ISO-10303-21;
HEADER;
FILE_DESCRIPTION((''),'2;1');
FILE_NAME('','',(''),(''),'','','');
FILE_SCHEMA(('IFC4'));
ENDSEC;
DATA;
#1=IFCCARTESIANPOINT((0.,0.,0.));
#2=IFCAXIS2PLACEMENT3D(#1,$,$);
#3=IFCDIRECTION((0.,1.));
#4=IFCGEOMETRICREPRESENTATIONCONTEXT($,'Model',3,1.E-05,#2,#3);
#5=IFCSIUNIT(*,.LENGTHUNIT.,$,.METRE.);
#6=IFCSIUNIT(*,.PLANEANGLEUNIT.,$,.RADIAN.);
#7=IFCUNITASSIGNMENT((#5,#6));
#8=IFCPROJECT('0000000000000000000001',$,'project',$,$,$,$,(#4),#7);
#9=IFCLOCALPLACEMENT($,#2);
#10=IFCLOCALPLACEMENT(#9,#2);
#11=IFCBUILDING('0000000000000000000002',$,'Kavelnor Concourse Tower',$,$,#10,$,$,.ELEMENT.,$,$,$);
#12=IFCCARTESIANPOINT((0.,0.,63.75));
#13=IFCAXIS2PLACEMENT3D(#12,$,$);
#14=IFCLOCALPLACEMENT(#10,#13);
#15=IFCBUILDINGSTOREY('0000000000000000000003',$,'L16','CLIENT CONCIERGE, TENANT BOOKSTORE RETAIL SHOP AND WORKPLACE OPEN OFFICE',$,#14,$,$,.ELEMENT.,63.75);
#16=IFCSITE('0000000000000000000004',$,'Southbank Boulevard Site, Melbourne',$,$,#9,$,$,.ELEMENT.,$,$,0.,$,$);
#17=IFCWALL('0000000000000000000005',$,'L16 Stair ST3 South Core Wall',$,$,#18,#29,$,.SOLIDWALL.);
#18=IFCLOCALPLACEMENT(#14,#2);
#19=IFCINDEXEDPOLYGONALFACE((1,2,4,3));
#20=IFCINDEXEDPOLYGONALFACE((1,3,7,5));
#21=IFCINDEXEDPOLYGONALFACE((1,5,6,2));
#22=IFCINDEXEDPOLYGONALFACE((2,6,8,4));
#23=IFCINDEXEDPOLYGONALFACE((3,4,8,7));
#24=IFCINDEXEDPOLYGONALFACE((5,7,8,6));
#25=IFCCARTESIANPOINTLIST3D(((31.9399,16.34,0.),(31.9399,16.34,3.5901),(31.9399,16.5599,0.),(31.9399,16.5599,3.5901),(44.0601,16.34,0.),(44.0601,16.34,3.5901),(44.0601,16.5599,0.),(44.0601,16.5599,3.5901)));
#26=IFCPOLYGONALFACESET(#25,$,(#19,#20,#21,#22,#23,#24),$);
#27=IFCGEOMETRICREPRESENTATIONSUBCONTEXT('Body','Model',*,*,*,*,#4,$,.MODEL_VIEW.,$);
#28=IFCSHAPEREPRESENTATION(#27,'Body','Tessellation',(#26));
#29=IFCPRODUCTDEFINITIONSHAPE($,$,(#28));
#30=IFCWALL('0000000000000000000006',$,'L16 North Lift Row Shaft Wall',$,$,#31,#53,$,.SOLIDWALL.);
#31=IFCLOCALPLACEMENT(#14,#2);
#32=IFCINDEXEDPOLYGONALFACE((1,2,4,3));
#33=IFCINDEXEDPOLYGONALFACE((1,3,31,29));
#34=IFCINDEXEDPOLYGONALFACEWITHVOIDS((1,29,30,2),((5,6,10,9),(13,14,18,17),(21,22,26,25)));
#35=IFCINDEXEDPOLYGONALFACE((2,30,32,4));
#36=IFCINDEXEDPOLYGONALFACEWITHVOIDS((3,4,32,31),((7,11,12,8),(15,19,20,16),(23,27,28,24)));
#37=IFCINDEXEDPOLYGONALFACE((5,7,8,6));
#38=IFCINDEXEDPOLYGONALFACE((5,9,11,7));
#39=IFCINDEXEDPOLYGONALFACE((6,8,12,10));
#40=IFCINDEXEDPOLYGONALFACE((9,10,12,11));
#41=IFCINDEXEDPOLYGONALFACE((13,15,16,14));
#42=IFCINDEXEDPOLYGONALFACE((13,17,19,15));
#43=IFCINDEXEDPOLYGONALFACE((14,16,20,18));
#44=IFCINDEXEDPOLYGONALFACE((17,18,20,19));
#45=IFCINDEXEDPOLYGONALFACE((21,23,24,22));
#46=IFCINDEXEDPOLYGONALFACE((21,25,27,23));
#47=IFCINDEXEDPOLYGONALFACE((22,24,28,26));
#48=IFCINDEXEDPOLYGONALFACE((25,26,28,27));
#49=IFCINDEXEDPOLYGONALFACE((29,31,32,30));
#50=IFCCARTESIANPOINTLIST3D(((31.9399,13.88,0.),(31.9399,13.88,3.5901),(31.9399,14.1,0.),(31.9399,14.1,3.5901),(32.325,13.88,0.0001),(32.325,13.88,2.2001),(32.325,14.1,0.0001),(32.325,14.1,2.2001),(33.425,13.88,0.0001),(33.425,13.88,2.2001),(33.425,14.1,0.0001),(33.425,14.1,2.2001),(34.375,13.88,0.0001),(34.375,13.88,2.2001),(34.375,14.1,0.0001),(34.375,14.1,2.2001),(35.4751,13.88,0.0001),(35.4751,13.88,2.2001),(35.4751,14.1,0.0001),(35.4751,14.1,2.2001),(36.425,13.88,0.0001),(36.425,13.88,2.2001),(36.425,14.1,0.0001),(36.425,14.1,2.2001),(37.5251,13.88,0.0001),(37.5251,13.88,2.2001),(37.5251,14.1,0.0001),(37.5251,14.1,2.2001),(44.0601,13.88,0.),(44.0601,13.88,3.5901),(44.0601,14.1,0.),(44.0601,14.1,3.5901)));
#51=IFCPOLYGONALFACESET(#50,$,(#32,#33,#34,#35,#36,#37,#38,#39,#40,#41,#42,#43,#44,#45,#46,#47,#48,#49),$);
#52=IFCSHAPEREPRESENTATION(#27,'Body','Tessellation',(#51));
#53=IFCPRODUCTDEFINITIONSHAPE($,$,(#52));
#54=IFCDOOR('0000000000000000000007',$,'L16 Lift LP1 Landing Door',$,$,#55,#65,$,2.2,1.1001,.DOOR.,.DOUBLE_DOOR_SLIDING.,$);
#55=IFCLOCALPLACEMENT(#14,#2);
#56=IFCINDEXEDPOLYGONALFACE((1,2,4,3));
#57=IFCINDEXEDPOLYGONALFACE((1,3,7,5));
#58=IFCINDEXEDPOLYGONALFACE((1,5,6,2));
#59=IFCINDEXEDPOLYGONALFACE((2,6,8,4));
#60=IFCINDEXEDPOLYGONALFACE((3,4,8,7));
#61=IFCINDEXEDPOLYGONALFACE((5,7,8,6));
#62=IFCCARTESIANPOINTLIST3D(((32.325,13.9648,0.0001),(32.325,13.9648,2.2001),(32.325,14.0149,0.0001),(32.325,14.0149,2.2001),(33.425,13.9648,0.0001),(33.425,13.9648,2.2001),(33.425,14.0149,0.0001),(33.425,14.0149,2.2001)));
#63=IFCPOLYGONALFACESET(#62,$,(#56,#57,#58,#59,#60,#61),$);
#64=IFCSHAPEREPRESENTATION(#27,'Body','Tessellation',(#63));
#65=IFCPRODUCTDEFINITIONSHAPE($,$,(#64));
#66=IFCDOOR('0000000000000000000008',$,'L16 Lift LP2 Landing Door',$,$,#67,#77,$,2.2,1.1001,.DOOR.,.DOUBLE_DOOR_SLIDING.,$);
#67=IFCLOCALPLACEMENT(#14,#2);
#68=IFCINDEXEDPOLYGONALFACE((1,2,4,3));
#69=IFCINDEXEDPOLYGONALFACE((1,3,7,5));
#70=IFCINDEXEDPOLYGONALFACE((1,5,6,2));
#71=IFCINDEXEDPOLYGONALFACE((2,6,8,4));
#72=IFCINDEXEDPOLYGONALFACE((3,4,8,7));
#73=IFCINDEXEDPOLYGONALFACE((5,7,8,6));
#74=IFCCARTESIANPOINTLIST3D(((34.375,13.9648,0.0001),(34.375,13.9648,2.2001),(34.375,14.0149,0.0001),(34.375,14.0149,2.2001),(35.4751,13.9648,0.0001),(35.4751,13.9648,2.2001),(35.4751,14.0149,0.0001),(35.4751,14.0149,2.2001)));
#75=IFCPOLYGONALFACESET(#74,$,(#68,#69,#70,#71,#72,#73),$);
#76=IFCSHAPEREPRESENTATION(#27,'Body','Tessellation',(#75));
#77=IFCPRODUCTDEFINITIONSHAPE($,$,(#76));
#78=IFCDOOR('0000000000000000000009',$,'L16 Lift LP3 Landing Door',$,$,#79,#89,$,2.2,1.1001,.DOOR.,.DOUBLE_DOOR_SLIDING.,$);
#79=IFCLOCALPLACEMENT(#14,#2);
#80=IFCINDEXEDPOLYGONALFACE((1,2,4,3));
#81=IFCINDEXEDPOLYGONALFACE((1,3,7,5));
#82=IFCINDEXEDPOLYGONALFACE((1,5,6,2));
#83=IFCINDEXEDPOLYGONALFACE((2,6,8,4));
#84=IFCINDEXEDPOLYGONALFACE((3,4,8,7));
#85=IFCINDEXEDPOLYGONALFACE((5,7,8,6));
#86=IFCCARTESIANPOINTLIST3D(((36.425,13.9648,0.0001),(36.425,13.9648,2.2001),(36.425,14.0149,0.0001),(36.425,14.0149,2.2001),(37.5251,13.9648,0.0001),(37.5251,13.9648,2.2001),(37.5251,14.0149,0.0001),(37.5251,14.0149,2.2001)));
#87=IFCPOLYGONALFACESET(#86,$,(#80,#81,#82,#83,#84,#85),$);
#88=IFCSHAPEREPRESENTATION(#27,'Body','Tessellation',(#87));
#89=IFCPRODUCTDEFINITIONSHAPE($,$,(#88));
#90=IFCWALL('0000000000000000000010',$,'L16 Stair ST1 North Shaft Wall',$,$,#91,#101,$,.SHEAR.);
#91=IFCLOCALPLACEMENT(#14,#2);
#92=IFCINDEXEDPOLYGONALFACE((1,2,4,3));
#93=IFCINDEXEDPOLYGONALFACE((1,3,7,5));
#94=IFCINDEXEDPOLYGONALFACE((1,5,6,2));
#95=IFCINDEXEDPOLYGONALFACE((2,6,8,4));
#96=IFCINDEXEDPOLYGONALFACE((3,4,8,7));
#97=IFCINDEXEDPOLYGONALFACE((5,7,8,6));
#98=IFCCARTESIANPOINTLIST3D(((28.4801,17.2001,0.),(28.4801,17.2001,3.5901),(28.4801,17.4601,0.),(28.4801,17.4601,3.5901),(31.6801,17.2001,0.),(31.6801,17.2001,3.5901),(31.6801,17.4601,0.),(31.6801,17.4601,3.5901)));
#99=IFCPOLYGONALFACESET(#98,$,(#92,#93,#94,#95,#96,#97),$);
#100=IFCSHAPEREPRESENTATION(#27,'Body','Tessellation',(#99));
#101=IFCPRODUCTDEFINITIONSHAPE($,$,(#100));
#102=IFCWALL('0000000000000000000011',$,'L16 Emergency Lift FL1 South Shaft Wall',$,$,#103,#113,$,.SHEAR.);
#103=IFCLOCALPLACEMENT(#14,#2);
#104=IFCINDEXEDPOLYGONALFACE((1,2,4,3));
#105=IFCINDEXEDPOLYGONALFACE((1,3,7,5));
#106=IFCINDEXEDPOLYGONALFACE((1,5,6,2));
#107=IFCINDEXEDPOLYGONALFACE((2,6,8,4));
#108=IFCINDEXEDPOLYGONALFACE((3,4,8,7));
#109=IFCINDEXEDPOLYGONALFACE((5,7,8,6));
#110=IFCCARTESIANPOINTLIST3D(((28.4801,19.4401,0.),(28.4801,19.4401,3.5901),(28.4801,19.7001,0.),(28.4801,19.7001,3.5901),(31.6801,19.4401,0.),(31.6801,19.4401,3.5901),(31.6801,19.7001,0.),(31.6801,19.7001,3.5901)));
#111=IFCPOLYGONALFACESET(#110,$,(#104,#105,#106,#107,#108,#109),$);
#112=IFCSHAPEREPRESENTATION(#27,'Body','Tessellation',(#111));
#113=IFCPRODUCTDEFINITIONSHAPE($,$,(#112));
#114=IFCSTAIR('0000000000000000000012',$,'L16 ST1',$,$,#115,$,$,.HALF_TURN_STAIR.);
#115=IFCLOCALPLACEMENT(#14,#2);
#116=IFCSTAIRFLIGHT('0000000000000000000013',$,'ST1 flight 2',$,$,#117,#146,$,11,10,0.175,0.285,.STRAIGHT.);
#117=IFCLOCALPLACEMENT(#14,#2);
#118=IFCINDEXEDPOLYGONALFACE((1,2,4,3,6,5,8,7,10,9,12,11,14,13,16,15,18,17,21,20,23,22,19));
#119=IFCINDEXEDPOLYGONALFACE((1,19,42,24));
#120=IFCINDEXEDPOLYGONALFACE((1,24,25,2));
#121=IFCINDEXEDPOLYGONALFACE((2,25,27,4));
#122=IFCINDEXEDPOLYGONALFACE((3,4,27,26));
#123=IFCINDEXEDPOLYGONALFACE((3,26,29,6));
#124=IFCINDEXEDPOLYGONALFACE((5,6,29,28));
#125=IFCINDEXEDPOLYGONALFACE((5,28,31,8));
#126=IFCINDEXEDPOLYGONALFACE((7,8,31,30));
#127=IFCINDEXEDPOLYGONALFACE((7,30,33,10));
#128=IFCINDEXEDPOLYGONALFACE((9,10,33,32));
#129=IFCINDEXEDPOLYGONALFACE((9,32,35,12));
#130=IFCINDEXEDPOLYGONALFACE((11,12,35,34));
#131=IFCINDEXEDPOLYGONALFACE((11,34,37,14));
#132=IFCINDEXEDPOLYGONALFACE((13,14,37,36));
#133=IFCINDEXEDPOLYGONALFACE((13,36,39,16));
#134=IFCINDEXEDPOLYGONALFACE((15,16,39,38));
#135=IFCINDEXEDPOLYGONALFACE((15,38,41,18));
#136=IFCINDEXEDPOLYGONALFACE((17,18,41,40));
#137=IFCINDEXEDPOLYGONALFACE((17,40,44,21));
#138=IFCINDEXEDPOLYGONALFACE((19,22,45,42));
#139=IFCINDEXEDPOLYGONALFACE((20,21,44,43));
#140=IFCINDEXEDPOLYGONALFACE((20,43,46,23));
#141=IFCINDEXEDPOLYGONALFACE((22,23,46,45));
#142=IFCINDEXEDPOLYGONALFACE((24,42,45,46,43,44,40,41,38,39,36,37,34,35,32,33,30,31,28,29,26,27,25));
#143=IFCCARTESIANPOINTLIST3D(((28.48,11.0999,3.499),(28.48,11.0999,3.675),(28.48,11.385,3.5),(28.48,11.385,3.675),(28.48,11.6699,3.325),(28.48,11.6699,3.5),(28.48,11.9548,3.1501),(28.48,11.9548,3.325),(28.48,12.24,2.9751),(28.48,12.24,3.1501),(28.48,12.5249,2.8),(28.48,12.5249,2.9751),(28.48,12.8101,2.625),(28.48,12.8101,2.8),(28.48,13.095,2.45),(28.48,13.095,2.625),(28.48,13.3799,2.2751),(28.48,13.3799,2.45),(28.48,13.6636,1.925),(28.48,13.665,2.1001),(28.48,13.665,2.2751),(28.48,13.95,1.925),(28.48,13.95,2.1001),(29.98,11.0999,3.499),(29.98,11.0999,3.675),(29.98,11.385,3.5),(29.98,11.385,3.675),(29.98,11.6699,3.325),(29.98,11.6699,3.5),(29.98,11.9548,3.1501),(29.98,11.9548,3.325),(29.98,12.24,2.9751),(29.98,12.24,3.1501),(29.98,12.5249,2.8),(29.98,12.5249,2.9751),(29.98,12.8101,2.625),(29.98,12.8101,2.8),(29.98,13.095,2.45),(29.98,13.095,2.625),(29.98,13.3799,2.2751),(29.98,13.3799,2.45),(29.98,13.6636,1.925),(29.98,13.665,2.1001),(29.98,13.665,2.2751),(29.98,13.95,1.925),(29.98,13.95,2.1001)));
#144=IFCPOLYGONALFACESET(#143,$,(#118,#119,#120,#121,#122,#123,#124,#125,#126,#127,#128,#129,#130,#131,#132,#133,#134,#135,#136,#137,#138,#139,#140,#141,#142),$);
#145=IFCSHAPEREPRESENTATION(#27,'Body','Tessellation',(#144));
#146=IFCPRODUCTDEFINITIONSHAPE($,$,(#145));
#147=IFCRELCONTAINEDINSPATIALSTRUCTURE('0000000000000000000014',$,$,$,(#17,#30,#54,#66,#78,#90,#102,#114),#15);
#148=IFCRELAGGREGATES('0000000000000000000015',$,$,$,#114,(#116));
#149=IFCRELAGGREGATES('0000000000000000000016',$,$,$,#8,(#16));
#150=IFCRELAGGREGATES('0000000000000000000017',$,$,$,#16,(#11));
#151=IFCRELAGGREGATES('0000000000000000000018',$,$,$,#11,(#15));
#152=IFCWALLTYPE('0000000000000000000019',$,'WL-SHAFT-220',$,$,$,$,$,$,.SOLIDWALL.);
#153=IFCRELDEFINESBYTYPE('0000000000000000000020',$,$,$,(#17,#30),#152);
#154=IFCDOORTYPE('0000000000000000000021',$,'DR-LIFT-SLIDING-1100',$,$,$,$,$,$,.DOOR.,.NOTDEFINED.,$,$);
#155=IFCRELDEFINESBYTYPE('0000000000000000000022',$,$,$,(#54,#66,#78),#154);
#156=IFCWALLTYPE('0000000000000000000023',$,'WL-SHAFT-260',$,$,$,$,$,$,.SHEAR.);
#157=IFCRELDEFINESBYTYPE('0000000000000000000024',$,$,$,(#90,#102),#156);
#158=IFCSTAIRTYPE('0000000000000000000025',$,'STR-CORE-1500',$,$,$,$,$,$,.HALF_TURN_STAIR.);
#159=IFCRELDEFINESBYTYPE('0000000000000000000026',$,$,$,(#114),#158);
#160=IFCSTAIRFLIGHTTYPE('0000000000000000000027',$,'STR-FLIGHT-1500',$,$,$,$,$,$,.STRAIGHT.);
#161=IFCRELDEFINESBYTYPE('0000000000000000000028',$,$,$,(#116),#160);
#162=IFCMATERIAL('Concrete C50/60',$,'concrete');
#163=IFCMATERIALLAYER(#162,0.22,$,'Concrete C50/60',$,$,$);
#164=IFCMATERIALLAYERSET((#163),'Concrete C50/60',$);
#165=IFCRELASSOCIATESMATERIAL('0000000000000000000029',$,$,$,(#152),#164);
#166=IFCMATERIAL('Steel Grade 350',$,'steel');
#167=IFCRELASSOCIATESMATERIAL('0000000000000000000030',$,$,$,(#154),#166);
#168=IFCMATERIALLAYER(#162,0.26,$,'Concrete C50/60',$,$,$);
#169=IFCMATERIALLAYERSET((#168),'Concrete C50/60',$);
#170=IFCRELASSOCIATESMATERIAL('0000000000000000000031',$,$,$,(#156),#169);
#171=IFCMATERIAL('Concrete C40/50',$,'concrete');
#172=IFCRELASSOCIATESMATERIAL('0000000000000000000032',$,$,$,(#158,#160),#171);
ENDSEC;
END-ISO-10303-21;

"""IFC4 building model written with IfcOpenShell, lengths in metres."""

from ifc_helpers import new_model, si_unit, direction, frame, frame_2d, origin, place, context, subcontext, project, spatial, polyline, rectangle, outline, extrude, material, layer, layer_set, type_object, element, fill, aggregate, save


model = new_model("IFC4")

# Units and contexts
model_context = context("Model", 3, precision=1e-05, world=origin(), true_north=direction((0.0, 1.0)))
body_context = subcontext(model_context, "Body", "Model", "MODEL_VIEW")
ifc_project = project(units=[si_unit("LENGTHUNIT", "METRE"), si_unit("PLANEANGLEUNIT", "RADIAN")], contexts=[model_context])

# Site, building, storey
site_placement = place(None, origin())
site = spatial("IfcSite", under=ifc_project, at=site_placement, Name="Southbank Boulevard Site, Melbourne", CompositionType="ELEMENT", RefElevation=0.0)
building_placement = place(site_placement, origin())
building = spatial("IfcBuilding", under=site, at=building_placement, Name="Kavelnor Concourse Tower", CompositionType="ELEMENT")
storey_placement = place(building_placement, frame((0.0, 0.0, 63.75)))
storey = spatial("IfcBuildingStorey", under=building, at=storey_placement, Name="L16", Description="CLIENT CONCIERGE, TENANT BOOKSTORE RETAIL SHOP AND WORKPLACE OPEN OFFICE", CompositionType="ELEMENT", Elevation=63.75)

# Shared definitions
ifc_material_1 = material(Name="Steel Grade 350", Category="steel")

# Shared definitions
ifc_material_2 = material(Name="Concrete C50/60", Category="concrete")
ifc_layer_1 = layer(ifc_material_2, 0.22, Name="Concrete C50/60")
ifc_layer_set_1 = layer_set([ifc_layer_1], Name="Concrete C50/60")
wall_type_1 = type_object("IfcWallType", Name="WL-SHAFT-220", PredefinedType="SOLIDWALL", material=ifc_layer_set_1)

# Wall
wall_1_placement = place(storey_placement, frame((31.9399, 16.45, 0.0), z_axis=(0.0, 0.0, 1.0), x_axis=(1.0, 0.0, 0.0)))
element("IfcWall", 1, at=wall_1_placement, inside=storey, type_object=wall_type_1, Name="L16 Stair ST3 South Core Wall", PredefinedType="SOLIDWALL", context=body_context, shape_type="SweptSolid", body=[
    extrude(rectangle(XDim=12.1201, YDim=0.22, at=frame_2d((6.0601, 0.0))), origin(), (0.0, 0.0, 1.0), 3.5901),
])

# Wall, openings, doors
wall_2_placement = place(storey_placement, frame((31.9399, 13.99, 0.0), z_axis=(0.0, 0.0, 1.0), x_axis=(1.0, 0.0, 0.0)))
wall_2 = element("IfcWall", 2, at=wall_2_placement, inside=storey, type_object=wall_type_1, Name="L16 North Lift Row Shaft Wall", PredefinedType="SOLIDWALL", context=body_context, shape_type="SweptSolid", body=[
    extrude(rectangle(XDim=12.1201, YDim=0.22, at=frame_2d((6.0601, 0.0))), origin(), (0.0, 0.0, 1.0), 3.5901),
])
opening_1_placement = place(wall_2_placement, frame((0.385, 0.0, 0.0)))
opening_1 = element("IfcOpeningElement", 3, at=opening_1_placement, cuts=wall_2, PredefinedType="OPENING", context=body_context, shape_type="SweptSolid", body=[
    extrude(rectangle(XDim=1.1001, YDim=2.2, at=frame_2d((0.55, 1.1001))), frame((0.0, 0.1201, 0.0), z_axis=(0.0, -1.0, 0.0), x_axis=(1.0, 0.0, 0.0)), (0.0, 0.0, 1.0), 0.24),
])
opening_2_placement = place(wall_2_placement, frame((2.4351, 0.0, 0.0)))
opening_2 = element("IfcOpeningElement", 4, at=opening_2_placement, cuts=wall_2, PredefinedType="OPENING", context=body_context, shape_type="SweptSolid", body=[
    extrude(rectangle(XDim=1.1001, YDim=2.2, at=frame_2d((0.55, 1.1001))), frame((0.0, 0.1201, 0.0), z_axis=(0.0, -1.0, 0.0), x_axis=(1.0, 0.0, 0.0)), (0.0, 0.0, 1.0), 0.24),
])
opening_3_placement = place(wall_2_placement, frame((4.4851, 0.0, 0.0)))
opening_3 = element("IfcOpeningElement", 5, at=opening_3_placement, cuts=wall_2, PredefinedType="OPENING", context=body_context, shape_type="SweptSolid", body=[
    extrude(rectangle(XDim=1.1001, YDim=2.2, at=frame_2d((0.55, 1.1001))), frame((0.0, 0.1201, 0.0), z_axis=(0.0, -1.0, 0.0), x_axis=(1.0, 0.0, 0.0)), (0.0, 0.0, 1.0), 0.24),
])
door_type_1 = type_object("IfcDoorType", Name="DR-LIFT-SLIDING-1100", OperationType="NOTDEFINED", PredefinedType="DOOR", material=ifc_material_1)
door_1_placement = place(opening_1_placement, origin())
door_1 = element("IfcDoor", 6, at=door_1_placement, inside=storey, type_object=door_type_1, Name="L16 Lift LP1 Landing Door", OperationType="DOUBLE_DOOR_SLIDING", OverallHeight=2.2, OverallWidth=1.1001, PredefinedType="DOOR", context=body_context, shape_type="SweptSolid", body=[
    extrude(rectangle(XDim=1.1001, YDim=2.2, at=frame_2d((0.55, 1.1001))), frame((0.0, 0.0249, 0.0), z_axis=(0.0, -1.0, 0.0), x_axis=(1.0, 0.0, 0.0)), (0.0, 0.0, 1.0), 0.05),
])
fill(opening_1, door_1)
door_2_placement = place(opening_2_placement, origin())
door_2 = element("IfcDoor", 7, at=door_2_placement, inside=storey, type_object=door_type_1, Name="L16 Lift LP2 Landing Door", OperationType="DOUBLE_DOOR_SLIDING", OverallHeight=2.2, OverallWidth=1.1001, PredefinedType="DOOR", context=body_context, shape_type="SweptSolid", body=[
    extrude(rectangle(XDim=1.1001, YDim=2.2, at=frame_2d((0.55, 1.1001))), frame((0.0, 0.0249, 0.0), z_axis=(0.0, -1.0, 0.0), x_axis=(1.0, 0.0, 0.0)), (0.0, 0.0, 1.0), 0.05),
])
fill(opening_2, door_2)
door_3_placement = place(opening_3_placement, origin())
door_3 = element("IfcDoor", 8, at=door_3_placement, inside=storey, type_object=door_type_1, Name="L16 Lift LP3 Landing Door", OperationType="DOUBLE_DOOR_SLIDING", OverallHeight=2.2, OverallWidth=1.1001, PredefinedType="DOOR", context=body_context, shape_type="SweptSolid", body=[
    extrude(rectangle(XDim=1.1001, YDim=2.2, at=frame_2d((0.55, 1.1001))), frame((0.0, 0.0249, 0.0), z_axis=(0.0, -1.0, 0.0), x_axis=(1.0, 0.0, 0.0)), (0.0, 0.0, 1.0), 0.05),
])
fill(opening_3, door_3)

# Walls
ifc_layer_2 = layer(ifc_material_2, 0.26, Name="Concrete C50/60")
ifc_layer_set_2 = layer_set([ifc_layer_2], Name="Concrete C50/60")
wall_type_2 = type_object("IfcWallType", Name="WL-SHAFT-260", PredefinedType="SHEAR", material=ifc_layer_set_2)
for number, where, z_axis, x_axis, name in (
    (9, (28.48, 17.3301, 0.0), (0.0, 0.0, 1.0), (1.0, 0.0, 0.0), "L16 Stair ST1 North Shaft Wall"),
    (10, (28.48, 19.5701, 0.0), (0.0, 0.0, 1.0), (1.0, 0.0, 0.0), "L16 Emergency Lift FL1 South Shaft Wall"),
):
    element("IfcWall", number, at=place(storey_placement, frame(where, z_axis=z_axis, x_axis=x_axis)), inside=storey, type_object=wall_type_2, Name=name, PredefinedType="SHEAR", context=body_context, shape_type="SweptSolid", body=[
        extrude(rectangle(XDim=3.2, YDim=0.26, at=frame_2d((1.6001, 0.0))), origin(), (0.0, 0.0, 1.0), 3.5901),
    ])

# Stair, stair flight
ifc_material_3 = material(Name="Concrete C40/50", Category="concrete")
stair_type = type_object("IfcStairType", Name="STR-CORE-1500", PredefinedType="HALF_TURN_STAIR", material=ifc_material_3)
stair_placement = place(storey_placement, origin())
stair = element("IfcStair", 11, at=stair_placement, inside=storey, type_object=stair_type, Name="L16 ST1", PredefinedType="HALF_TURN_STAIR")
stair_flight_type = type_object("IfcStairFlightType", Name="STR-FLIGHT-1500", PredefinedType="STRAIGHT", material=ifc_material_3)
stair_flight_placement = place(storey_placement, frame((29.23, 13.95, 1.925), z_axis=(0.0, 0.0, 1.0), x_axis=(0.0, -1.0, 0.0)))
stair_flight = element("IfcStairFlight", 12, at=stair_flight_placement, type_object=stair_flight_type, Name="ST1 flight 2", NumberOfRisers=11, NumberOfTreads=10, PredefinedType="STRAIGHT", RiserHeight=0.175, TreadLength=0.285, context=body_context, shape_type="SweptSolid", body=[
    extrude(outline(polyline([(0.0, 0.0), (0.0, 0.175), (0.2849, 0.175), (0.2849, 0.3501), (0.5701, 0.3501), (0.5701, 0.5249), (0.855, 0.5249), (0.855, 0.7), (1.1399, 0.7), (1.1399, 0.875), (1.425, 0.875), (1.425, 1.05), (1.71, 1.05), (1.71, 1.2251), (1.9951, 1.2251), (1.9951, 1.3999), (2.28, 1.3999), (2.28, 1.575), (2.5649, 1.575), (2.5649, 1.75), (2.8501, 1.75), (2.8501, 1.925), (2.8501, 1.574), (0.2864, 0.0), (0.0, 0.0)])), frame((0.0, 0.75, 0.0), z_axis=(0.0, -1.0, 0.0), x_axis=(1.0, 0.0, 0.0)), (0.0, 0.0, 1.0), 1.5),
])
aggregate(stair, [stair_flight])

save(model, "model.ifc")
